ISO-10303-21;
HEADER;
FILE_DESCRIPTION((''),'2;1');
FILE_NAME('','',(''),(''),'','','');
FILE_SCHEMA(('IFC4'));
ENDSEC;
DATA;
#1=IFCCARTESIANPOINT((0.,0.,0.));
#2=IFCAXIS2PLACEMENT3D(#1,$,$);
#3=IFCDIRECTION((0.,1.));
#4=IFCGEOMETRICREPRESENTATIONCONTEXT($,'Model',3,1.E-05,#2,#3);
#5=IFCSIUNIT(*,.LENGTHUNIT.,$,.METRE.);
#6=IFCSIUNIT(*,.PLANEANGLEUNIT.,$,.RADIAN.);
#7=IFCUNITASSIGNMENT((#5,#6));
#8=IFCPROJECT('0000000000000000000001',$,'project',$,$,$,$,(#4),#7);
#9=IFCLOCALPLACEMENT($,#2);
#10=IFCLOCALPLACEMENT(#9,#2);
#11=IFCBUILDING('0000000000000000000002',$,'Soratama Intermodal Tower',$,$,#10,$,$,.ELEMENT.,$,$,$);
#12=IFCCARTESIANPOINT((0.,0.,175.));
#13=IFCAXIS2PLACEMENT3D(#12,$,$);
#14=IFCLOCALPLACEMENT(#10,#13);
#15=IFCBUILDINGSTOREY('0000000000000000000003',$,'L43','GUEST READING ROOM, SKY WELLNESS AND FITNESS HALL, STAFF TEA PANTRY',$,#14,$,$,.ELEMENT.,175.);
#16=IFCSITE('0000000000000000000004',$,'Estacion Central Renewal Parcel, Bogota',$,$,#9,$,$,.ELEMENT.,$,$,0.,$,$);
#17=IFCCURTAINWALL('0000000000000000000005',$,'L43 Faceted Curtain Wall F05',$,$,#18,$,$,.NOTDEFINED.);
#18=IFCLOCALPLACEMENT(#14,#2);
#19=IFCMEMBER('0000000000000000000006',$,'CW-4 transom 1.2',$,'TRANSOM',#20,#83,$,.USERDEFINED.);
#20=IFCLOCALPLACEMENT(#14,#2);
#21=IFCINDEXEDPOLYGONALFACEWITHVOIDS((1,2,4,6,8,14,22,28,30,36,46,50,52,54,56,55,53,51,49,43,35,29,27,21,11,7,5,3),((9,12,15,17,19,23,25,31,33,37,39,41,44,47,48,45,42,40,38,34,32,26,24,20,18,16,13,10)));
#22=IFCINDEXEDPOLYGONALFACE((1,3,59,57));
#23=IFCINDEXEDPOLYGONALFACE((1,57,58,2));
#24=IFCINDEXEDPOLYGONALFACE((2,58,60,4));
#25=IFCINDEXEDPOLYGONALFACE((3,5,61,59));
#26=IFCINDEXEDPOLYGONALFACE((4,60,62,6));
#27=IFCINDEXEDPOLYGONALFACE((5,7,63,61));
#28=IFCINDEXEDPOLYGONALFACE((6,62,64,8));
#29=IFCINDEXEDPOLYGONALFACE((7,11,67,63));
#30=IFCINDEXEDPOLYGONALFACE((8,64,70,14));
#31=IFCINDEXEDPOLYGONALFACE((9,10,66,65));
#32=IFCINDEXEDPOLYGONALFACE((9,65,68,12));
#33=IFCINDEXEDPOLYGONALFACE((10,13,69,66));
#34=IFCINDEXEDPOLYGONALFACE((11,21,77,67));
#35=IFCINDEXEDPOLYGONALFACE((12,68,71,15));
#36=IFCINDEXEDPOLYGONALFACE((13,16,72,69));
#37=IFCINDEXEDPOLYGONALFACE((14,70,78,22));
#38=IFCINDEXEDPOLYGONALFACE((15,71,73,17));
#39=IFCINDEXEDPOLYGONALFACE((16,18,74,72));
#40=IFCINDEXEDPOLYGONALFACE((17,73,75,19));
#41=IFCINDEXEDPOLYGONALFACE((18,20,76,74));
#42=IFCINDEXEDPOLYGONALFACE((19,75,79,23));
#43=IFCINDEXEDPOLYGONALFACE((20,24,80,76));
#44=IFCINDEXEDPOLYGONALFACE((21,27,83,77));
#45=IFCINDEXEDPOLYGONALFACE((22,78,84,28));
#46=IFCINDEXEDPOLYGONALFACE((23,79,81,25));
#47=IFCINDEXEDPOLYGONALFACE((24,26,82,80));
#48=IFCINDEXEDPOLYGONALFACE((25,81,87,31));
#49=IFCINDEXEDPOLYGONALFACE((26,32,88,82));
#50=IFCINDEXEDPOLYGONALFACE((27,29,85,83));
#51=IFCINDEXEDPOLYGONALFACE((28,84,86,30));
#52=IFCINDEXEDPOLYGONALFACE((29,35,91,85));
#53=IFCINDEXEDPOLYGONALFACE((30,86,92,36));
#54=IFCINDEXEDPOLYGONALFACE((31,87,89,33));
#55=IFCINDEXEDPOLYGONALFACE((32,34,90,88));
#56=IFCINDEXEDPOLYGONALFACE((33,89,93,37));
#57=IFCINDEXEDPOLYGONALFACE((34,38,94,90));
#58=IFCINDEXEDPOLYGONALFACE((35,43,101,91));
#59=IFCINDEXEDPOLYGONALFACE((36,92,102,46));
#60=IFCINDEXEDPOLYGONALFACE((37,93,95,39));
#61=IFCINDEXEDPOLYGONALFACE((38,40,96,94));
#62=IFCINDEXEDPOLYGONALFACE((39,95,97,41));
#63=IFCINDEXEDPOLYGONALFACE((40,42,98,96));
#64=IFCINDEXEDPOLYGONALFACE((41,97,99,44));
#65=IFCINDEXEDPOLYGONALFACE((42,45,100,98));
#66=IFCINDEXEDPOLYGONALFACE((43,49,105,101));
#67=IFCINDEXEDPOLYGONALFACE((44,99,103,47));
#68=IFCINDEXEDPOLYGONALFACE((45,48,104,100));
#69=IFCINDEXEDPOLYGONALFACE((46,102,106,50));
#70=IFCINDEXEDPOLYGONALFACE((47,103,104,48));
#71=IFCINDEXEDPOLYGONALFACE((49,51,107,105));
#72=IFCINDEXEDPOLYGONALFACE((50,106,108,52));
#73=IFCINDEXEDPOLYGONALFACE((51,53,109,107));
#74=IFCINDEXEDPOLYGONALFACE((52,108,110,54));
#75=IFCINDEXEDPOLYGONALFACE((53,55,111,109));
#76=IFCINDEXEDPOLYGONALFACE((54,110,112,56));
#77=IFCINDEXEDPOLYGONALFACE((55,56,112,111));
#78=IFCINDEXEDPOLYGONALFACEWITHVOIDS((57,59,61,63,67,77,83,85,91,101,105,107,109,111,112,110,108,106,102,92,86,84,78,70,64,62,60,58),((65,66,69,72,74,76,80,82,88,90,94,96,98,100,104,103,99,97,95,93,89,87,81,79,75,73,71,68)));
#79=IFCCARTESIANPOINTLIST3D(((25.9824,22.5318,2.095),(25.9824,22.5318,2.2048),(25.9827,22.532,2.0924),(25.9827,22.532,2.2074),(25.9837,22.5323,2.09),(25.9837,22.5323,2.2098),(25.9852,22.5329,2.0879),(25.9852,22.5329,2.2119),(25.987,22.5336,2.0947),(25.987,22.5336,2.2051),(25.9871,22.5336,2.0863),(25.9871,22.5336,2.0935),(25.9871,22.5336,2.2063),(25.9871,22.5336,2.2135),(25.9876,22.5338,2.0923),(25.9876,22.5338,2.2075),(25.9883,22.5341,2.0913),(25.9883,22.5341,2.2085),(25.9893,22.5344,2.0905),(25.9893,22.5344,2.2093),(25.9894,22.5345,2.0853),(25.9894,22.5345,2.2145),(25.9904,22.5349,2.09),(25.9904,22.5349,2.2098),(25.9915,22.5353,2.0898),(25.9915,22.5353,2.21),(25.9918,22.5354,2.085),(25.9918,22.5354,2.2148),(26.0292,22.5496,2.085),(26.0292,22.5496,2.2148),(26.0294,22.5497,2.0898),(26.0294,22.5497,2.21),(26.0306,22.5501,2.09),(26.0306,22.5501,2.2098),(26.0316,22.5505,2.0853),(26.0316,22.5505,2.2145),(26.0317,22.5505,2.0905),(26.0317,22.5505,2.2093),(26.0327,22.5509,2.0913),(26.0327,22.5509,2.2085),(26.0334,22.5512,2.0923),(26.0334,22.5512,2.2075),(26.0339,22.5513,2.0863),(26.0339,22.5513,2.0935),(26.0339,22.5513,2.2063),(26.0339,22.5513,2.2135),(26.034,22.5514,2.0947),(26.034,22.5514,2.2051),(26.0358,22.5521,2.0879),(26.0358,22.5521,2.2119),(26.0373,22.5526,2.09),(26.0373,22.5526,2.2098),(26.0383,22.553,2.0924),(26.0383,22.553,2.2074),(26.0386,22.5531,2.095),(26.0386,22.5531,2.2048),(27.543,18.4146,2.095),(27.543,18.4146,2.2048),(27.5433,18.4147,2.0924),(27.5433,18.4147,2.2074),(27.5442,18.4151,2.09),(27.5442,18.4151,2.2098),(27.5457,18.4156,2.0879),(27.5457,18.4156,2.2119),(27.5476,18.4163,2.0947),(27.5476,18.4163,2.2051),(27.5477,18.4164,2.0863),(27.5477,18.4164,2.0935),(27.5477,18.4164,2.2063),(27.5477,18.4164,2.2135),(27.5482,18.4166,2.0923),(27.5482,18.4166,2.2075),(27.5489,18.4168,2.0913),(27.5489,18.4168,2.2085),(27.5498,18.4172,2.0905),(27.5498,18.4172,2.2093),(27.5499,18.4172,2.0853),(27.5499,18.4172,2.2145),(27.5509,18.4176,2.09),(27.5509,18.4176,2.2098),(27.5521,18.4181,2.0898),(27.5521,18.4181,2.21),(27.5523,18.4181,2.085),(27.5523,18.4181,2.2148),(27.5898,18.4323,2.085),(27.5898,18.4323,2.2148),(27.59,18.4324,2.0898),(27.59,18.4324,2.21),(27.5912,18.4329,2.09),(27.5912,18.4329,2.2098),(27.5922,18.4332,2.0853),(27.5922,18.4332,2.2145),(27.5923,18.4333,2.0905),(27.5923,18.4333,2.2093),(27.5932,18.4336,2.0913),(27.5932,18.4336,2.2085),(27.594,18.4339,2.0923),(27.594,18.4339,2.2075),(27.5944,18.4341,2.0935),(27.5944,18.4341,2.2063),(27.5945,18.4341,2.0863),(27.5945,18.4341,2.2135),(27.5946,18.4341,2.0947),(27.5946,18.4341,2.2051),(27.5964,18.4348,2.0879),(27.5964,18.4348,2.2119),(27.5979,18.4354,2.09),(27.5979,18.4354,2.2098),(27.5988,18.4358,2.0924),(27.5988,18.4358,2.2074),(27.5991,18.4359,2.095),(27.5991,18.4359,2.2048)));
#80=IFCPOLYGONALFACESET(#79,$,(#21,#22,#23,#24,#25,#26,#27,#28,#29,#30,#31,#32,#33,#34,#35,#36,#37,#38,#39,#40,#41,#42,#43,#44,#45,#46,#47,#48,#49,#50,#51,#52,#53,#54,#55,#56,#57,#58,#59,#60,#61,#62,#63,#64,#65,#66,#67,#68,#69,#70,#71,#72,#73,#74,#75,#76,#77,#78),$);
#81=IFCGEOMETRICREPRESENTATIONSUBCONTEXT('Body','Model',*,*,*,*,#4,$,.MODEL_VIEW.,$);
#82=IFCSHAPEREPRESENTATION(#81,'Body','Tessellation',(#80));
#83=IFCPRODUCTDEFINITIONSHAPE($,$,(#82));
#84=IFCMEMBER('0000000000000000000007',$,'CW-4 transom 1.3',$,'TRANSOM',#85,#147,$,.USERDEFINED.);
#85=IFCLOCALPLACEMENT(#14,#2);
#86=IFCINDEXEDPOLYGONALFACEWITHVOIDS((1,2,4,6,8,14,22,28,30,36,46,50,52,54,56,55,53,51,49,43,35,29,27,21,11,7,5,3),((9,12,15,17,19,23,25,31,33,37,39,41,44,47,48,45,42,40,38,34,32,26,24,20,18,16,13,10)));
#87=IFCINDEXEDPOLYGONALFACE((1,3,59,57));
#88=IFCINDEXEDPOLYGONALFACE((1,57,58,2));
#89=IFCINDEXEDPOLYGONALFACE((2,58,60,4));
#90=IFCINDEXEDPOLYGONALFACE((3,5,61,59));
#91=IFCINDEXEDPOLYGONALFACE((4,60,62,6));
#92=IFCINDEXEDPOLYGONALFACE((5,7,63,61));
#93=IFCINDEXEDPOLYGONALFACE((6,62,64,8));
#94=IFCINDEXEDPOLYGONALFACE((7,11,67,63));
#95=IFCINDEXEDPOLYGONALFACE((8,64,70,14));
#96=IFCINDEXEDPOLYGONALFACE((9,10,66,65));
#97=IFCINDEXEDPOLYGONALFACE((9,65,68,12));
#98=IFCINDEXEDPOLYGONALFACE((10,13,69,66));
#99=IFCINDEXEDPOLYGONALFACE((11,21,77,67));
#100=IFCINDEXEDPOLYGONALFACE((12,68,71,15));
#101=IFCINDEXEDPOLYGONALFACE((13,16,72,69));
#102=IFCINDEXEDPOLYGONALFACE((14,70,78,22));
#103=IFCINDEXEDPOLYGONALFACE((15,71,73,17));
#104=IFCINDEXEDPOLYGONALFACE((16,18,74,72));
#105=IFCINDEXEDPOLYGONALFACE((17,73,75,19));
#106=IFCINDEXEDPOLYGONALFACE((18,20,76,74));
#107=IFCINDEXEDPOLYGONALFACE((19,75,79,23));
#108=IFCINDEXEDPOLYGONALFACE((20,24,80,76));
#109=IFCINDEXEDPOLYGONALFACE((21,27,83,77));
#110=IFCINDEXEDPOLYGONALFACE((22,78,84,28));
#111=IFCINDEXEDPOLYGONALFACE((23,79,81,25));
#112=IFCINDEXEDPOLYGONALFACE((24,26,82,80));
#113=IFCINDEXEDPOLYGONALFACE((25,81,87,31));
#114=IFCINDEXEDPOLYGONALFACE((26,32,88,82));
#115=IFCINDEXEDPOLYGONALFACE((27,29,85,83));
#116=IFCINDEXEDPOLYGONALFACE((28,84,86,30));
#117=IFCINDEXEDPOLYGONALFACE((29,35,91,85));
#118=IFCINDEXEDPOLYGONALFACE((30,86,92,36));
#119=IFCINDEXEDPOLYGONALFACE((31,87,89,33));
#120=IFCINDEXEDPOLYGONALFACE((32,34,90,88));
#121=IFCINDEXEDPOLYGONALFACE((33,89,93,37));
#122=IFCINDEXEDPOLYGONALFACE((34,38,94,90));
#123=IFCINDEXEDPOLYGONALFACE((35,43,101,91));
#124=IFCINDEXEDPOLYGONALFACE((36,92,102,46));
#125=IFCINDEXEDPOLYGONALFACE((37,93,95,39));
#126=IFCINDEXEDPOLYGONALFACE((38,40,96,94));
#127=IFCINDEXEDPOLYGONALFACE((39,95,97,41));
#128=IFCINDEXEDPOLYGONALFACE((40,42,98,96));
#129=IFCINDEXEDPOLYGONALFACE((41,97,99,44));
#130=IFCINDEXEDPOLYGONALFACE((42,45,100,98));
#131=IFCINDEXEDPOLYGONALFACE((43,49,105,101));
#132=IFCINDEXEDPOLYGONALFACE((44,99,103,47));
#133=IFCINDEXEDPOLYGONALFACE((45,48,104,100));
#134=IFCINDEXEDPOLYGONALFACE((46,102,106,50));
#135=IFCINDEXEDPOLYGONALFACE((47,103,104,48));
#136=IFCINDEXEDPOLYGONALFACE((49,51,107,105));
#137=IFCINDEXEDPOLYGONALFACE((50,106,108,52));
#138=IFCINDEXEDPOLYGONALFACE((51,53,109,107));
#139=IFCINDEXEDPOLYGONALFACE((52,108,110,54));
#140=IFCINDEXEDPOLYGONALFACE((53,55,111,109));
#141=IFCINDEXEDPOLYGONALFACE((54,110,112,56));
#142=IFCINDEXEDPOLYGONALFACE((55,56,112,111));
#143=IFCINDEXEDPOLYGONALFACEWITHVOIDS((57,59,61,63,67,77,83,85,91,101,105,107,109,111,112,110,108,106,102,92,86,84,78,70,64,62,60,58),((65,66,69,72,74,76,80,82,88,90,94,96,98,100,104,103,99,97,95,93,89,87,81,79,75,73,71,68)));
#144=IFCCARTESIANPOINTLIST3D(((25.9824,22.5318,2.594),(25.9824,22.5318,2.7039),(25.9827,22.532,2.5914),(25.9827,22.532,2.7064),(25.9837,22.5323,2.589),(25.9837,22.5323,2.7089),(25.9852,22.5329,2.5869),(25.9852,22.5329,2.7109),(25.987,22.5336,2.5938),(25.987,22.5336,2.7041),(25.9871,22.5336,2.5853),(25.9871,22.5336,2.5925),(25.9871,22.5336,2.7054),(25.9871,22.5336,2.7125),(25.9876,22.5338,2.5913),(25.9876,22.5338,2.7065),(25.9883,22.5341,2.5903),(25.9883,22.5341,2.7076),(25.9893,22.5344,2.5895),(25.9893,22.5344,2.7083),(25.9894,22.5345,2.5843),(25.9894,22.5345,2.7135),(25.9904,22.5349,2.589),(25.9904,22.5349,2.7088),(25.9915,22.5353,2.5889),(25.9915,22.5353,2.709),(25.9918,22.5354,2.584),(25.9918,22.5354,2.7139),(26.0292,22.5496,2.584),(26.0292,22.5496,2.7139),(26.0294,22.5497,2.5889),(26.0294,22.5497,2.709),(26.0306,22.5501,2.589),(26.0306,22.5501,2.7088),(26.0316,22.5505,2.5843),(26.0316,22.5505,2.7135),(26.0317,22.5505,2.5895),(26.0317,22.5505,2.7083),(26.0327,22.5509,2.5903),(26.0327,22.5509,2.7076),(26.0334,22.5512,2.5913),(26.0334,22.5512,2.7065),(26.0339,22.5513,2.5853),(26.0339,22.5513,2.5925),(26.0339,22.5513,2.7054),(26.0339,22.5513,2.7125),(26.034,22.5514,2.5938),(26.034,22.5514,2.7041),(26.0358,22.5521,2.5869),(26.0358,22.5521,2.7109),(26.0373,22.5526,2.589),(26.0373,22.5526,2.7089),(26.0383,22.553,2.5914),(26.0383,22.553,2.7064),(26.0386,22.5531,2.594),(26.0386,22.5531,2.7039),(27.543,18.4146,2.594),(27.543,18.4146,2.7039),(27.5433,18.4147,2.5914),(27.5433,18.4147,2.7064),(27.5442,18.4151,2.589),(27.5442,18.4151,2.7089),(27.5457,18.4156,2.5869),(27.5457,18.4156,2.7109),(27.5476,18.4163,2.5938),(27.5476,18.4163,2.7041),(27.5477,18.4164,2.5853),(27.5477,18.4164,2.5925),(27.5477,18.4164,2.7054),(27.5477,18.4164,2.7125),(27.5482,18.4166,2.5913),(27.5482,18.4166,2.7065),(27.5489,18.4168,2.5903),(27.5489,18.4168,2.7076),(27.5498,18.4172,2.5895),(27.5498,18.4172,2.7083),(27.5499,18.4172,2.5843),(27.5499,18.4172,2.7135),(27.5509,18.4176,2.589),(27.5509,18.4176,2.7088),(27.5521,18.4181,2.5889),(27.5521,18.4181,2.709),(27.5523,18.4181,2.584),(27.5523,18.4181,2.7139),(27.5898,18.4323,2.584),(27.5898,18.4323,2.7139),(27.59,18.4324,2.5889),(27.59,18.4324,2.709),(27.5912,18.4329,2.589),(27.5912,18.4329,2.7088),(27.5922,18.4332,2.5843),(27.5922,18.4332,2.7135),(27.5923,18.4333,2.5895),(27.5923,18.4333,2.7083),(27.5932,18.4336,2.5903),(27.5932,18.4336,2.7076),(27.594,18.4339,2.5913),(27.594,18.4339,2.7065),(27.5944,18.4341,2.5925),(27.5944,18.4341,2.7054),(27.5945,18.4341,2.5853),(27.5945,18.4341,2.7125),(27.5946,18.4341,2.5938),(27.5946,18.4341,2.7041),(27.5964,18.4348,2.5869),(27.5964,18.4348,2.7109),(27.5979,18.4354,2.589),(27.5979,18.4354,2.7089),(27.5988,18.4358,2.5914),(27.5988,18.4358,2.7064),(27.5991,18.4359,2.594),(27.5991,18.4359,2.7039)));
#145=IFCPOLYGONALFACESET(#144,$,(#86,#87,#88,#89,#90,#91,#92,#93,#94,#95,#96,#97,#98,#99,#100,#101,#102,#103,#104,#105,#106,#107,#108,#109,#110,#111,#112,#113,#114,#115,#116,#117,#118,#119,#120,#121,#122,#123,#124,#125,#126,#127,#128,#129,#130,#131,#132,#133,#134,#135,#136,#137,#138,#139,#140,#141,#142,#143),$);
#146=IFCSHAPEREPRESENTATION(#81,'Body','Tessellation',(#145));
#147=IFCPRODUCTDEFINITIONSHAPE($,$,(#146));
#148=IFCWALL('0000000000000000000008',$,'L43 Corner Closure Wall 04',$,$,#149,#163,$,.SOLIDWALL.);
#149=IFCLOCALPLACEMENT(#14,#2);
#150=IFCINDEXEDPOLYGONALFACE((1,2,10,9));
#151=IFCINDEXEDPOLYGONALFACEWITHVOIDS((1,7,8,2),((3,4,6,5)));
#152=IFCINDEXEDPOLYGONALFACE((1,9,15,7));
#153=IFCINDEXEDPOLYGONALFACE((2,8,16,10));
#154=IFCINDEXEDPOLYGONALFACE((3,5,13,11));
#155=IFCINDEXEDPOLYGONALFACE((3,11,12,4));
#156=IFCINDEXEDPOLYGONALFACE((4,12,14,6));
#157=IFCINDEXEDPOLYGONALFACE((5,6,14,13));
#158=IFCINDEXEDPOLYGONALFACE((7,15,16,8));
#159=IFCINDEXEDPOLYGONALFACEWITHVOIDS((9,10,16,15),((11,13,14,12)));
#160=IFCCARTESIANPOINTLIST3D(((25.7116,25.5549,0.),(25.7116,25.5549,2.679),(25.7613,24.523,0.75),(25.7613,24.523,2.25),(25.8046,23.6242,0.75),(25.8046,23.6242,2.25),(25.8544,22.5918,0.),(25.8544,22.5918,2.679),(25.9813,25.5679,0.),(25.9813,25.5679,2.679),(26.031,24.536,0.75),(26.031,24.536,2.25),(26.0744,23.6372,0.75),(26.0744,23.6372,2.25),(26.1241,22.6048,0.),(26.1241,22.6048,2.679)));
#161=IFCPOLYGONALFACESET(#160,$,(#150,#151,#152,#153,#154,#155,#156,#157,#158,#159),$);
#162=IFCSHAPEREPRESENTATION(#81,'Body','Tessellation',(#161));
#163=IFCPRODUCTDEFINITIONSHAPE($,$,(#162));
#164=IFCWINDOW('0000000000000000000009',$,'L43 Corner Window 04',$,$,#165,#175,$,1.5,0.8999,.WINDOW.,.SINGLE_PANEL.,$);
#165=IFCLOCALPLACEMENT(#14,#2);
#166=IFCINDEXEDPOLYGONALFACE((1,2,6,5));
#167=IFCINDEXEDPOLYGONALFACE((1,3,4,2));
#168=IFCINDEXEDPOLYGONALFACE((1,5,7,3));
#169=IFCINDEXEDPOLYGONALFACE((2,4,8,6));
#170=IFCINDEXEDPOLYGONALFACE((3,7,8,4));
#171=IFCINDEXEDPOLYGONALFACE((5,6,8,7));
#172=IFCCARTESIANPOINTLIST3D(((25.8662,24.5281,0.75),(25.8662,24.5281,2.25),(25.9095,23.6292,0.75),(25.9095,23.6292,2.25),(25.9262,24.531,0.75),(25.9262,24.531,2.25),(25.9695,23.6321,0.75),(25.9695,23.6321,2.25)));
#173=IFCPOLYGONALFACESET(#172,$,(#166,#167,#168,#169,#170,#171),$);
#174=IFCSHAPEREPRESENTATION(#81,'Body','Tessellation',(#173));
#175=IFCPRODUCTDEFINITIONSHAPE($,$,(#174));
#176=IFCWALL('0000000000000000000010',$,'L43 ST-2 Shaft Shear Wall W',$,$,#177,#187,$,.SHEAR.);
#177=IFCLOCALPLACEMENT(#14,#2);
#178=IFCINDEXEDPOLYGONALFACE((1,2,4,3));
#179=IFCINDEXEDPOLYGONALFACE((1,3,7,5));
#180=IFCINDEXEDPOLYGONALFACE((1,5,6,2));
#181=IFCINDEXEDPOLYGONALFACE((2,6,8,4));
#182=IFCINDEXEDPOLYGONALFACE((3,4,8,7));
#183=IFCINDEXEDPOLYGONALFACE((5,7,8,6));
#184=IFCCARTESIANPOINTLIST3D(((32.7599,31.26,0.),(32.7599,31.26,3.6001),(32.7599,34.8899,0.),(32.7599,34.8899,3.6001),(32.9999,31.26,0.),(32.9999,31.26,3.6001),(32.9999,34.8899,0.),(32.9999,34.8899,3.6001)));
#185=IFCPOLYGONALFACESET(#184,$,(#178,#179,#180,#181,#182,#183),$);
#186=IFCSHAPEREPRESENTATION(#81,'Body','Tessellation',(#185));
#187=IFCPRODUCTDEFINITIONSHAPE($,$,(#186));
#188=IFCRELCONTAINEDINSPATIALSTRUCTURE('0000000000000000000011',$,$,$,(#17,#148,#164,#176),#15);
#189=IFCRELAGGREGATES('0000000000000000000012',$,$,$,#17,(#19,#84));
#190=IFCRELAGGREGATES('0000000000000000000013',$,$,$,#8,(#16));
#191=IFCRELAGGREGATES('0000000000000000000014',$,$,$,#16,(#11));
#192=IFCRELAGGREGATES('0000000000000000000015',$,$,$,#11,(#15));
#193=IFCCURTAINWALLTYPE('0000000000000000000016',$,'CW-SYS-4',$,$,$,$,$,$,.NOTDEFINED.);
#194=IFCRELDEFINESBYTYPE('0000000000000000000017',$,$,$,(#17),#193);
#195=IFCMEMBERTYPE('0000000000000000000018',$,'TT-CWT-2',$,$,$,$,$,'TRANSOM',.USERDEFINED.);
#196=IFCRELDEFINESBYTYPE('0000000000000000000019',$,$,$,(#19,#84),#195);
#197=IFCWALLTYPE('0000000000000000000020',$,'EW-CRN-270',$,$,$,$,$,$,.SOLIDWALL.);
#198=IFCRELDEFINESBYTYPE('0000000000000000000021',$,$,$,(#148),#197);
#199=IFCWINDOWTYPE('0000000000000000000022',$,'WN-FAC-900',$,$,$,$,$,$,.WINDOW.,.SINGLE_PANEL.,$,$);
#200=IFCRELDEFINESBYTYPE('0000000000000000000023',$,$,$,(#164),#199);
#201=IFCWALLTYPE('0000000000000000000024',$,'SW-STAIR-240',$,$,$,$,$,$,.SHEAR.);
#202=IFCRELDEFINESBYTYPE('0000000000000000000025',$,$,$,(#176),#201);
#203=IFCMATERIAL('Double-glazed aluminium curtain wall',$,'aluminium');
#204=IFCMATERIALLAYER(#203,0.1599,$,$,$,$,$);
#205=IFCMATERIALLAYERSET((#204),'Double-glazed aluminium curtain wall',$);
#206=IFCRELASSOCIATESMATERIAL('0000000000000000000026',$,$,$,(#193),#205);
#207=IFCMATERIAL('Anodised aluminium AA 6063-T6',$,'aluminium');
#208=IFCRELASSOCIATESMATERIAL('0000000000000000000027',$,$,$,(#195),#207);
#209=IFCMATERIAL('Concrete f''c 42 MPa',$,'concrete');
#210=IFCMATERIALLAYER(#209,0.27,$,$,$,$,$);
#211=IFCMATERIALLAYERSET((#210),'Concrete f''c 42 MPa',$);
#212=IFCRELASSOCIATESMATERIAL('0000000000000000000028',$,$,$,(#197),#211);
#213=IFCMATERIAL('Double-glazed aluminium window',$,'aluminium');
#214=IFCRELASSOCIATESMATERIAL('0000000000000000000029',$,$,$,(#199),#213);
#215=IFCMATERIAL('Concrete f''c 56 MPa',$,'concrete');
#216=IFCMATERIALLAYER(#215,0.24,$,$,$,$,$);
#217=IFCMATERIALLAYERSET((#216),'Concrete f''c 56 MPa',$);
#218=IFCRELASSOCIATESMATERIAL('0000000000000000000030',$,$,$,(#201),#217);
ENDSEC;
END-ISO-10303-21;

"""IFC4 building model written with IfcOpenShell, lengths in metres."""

from ifc_helpers import new_model, si_unit, direction, frame, frame_2d, origin, origin_2d, place, context, subcontext, project, spatial, rectangle, hollow_rectangle, extrude, material, layer, layer_set, material_profile, profile_set, type_object, element, fill, aggregate, save


model = new_model("IFC4")

# Units and contexts
model_context = context("Model", 3, precision=1e-05, world=origin(), true_north=direction((0.0, 1.0)))
body_context = subcontext(model_context, "Body", "Model", "MODEL_VIEW")
ifc_project = project(units=[si_unit("LENGTHUNIT", "METRE"), si_unit("PLANEANGLEUNIT", "RADIAN")], contexts=[model_context])

# Site, building, storey
site_placement = place(None, origin())
site = spatial("IfcSite", under=ifc_project, at=site_placement, Name="Estacion Central Renewal Parcel, Bogota", CompositionType="ELEMENT", RefElevation=0.0)
building_placement = place(site_placement, origin())
building = spatial("IfcBuilding", under=site, at=building_placement, Name="Soratama Intermodal Tower", CompositionType="ELEMENT")
storey_placement = place(building_placement, frame((0.0, 0.0, 175.0)))
storey = spatial("IfcBuildingStorey", under=building, at=storey_placement, Name="L43", Description="GUEST READING ROOM, SKY WELLNESS AND FITNESS HALL, STAFF TEA PANTRY", CompositionType="ELEMENT", Elevation=175.0)

# Curtain wall, members
ifc_material_1 = material(Name="Double-glazed aluminium curtain wall", Category="aluminium")
ifc_layer_1 = layer(ifc_material_1, 0.1599)
ifc_layer_set_1 = layer_set([ifc_layer_1], Name="Double-glazed aluminium curtain wall")
curtain_wall_type = type_object("IfcCurtainWallType", Name="CW-SYS-4", PredefinedType="NOTDEFINED", material=ifc_layer_set_1)
curtain_wall_placement = place(storey_placement, origin())
curtain_wall = element("IfcCurtainWall", 1, at=curtain_wall_placement, inside=storey, type_object=curtain_wall_type, Name="L43 Faceted Curtain Wall F05", PredefinedType="NOTDEFINED")
ifc_material_2 = material(Name="Anodised aluminium AA 6063-T6", Category="aluminium")
ifc_material_profile_1 = material_profile(ifc_material_2, hollow_rectangle(XDim=0.0601, YDim=0.1299, WallThickness=0.0049, InnerFilletRadius=0.0049, OuterFilletRadius=0.01, at=origin_2d()), Name="CWT130X60X5")
ifc_profile_set_1 = profile_set([ifc_material_profile_1], Name="Anodised aluminium AA 6063-T6")
member_type_1 = type_object("IfcMemberType", Name="TT-CWT-2", ElementType="TRANSOM", PredefinedType="USERDEFINED", material=ifc_profile_set_1)
member_1_placement = place(storey_placement, frame((26.0105, 22.5425, 2.1499), z_axis=(0.354427, -0.935084, 0.0), x_axis=(0.935084, 0.354427, 0.0)))
member_1 = element("IfcMember", 2, at=member_1_placement, type_object=member_type_1, Name="CW-4 transom 1.2", ObjectType="TRANSOM", PredefinedType="USERDEFINED", context=body_context, shape_type="SweptSolid", body=[
    extrude(hollow_rectangle(XDim=0.0601, YDim=0.1299, WallThickness=0.0049, InnerFilletRadius=0.0049, OuterFilletRadius=0.01, at=origin_2d()), origin(), (0.0, 0.0, 1.0), 4.4031),
])
member_2_placement = place(storey_placement, frame((26.0105, 22.5425, 2.6489), z_axis=(0.354427, -0.935084, 0.0), x_axis=(0.935084, 0.354427, 0.0)))
member_2 = element("IfcMember", 3, at=member_2_placement, type_object=member_type_1, Name="CW-4 transom 1.3", ObjectType="TRANSOM", PredefinedType="USERDEFINED", context=body_context, shape_type="SweptSolid", body=[
    extrude(hollow_rectangle(XDim=0.0601, YDim=0.1299, WallThickness=0.0049, InnerFilletRadius=0.0049, OuterFilletRadius=0.01, at=origin_2d()), origin(), (0.0, 0.0, 1.0), 4.4031),
])
aggregate(curtain_wall, [member_1, member_2])

# Wall, opening, window
ifc_material_3 = material(Name="Concrete f'c 42 MPa", Category="concrete")
ifc_layer_2 = layer(ifc_material_3, 0.27)
ifc_layer_set_2 = layer_set([ifc_layer_2], Name="Concrete f'c 42 MPa")
wall_type_1 = type_object("IfcWallType", Name="EW-CRN-270", PredefinedType="SOLIDWALL", material=ifc_layer_set_2)
wall_1_placement = place(storey_placement, frame((25.8464, 25.5615, 0.0), z_axis=(0.0, 0.0, 1.0), x_axis=(0.048144, -0.99884, 0.0)))
wall_1 = element("IfcWall", 4, at=wall_1_placement, inside=storey, type_object=wall_type_1, Name="L43 Corner Closure Wall 04", PredefinedType="SOLIDWALL", context=body_context, shape_type="SweptSolid", body=[
    extrude(rectangle(XDim=2.9666, YDim=0.27, at=frame_2d((1.4834, 0.0))), origin(), (0.0, 0.0, 1.0), 2.679),
])
opening_1_placement = place(wall_1_placement, frame((1.0332, 0.0, 0.75)))
opening_1 = element("IfcOpeningElement", 5, at=opening_1_placement, cuts=wall_1, PredefinedType="OPENING", context=body_context, shape_type="SweptSolid", body=[
    extrude(rectangle(XDim=0.8999, YDim=1.5, at=frame_2d((0.45, 0.75))), frame((0.0, 0.145, 0.0), z_axis=(0.0, -1.0, 0.0), x_axis=(1.0, 0.0, 0.0)), (0.0, 0.0, 1.0), 0.29),
])
ifc_material_4 = material(Name="Double-glazed aluminium window", Category="aluminium")
window_type = type_object("IfcWindowType", Name="WN-FAC-900", PartitioningType="SINGLE_PANEL", PredefinedType="WINDOW", material=ifc_material_4)
window_placement = place(opening_1_placement, origin())
window = element("IfcWindow", 6, at=window_placement, inside=storey, type_object=window_type, Name="L43 Corner Window 04", OverallHeight=1.5, OverallWidth=0.8999, PartitioningType="SINGLE_PANEL", PredefinedType="WINDOW", context=body_context, shape_type="SweptSolid", body=[
    extrude(rectangle(XDim=0.8999, YDim=1.5, at=frame_2d((0.45, 0.75))), frame((0.0, 0.03, 0.0), z_axis=(0.0, -1.0, 0.0), x_axis=(1.0, 0.0, 0.0)), (0.0, 0.0, 1.0), 0.0601),
])
fill(opening_1, window)

# Wall
ifc_material_5 = material(Name="Concrete f'c 56 MPa", Category="concrete")
ifc_layer_3 = layer(ifc_material_5, 0.24)
ifc_layer_set_3 = layer_set([ifc_layer_3], Name="Concrete f'c 56 MPa")
wall_type_2 = type_object("IfcWallType", Name="SW-STAIR-240", PredefinedType="SHEAR", material=ifc_layer_set_3)
wall_2_placement = place(storey_placement, frame((32.8799, 31.26, 0.0), z_axis=(0.0, 0.0, 1.0), x_axis=(0.0, 1.0, 0.0)))
element("IfcWall", 7, at=wall_2_placement, inside=storey, type_object=wall_type_2, Name="L43 ST-2 Shaft Shear Wall W", PredefinedType="SHEAR", context=body_context, shape_type="SweptSolid", body=[
    extrude(rectangle(XDim=3.6299, YDim=0.24, at=frame_2d((1.8149, 0.0))), origin(), (0.0, 0.0, 1.0), 3.6001),
])

save(model, "model.ifc")
